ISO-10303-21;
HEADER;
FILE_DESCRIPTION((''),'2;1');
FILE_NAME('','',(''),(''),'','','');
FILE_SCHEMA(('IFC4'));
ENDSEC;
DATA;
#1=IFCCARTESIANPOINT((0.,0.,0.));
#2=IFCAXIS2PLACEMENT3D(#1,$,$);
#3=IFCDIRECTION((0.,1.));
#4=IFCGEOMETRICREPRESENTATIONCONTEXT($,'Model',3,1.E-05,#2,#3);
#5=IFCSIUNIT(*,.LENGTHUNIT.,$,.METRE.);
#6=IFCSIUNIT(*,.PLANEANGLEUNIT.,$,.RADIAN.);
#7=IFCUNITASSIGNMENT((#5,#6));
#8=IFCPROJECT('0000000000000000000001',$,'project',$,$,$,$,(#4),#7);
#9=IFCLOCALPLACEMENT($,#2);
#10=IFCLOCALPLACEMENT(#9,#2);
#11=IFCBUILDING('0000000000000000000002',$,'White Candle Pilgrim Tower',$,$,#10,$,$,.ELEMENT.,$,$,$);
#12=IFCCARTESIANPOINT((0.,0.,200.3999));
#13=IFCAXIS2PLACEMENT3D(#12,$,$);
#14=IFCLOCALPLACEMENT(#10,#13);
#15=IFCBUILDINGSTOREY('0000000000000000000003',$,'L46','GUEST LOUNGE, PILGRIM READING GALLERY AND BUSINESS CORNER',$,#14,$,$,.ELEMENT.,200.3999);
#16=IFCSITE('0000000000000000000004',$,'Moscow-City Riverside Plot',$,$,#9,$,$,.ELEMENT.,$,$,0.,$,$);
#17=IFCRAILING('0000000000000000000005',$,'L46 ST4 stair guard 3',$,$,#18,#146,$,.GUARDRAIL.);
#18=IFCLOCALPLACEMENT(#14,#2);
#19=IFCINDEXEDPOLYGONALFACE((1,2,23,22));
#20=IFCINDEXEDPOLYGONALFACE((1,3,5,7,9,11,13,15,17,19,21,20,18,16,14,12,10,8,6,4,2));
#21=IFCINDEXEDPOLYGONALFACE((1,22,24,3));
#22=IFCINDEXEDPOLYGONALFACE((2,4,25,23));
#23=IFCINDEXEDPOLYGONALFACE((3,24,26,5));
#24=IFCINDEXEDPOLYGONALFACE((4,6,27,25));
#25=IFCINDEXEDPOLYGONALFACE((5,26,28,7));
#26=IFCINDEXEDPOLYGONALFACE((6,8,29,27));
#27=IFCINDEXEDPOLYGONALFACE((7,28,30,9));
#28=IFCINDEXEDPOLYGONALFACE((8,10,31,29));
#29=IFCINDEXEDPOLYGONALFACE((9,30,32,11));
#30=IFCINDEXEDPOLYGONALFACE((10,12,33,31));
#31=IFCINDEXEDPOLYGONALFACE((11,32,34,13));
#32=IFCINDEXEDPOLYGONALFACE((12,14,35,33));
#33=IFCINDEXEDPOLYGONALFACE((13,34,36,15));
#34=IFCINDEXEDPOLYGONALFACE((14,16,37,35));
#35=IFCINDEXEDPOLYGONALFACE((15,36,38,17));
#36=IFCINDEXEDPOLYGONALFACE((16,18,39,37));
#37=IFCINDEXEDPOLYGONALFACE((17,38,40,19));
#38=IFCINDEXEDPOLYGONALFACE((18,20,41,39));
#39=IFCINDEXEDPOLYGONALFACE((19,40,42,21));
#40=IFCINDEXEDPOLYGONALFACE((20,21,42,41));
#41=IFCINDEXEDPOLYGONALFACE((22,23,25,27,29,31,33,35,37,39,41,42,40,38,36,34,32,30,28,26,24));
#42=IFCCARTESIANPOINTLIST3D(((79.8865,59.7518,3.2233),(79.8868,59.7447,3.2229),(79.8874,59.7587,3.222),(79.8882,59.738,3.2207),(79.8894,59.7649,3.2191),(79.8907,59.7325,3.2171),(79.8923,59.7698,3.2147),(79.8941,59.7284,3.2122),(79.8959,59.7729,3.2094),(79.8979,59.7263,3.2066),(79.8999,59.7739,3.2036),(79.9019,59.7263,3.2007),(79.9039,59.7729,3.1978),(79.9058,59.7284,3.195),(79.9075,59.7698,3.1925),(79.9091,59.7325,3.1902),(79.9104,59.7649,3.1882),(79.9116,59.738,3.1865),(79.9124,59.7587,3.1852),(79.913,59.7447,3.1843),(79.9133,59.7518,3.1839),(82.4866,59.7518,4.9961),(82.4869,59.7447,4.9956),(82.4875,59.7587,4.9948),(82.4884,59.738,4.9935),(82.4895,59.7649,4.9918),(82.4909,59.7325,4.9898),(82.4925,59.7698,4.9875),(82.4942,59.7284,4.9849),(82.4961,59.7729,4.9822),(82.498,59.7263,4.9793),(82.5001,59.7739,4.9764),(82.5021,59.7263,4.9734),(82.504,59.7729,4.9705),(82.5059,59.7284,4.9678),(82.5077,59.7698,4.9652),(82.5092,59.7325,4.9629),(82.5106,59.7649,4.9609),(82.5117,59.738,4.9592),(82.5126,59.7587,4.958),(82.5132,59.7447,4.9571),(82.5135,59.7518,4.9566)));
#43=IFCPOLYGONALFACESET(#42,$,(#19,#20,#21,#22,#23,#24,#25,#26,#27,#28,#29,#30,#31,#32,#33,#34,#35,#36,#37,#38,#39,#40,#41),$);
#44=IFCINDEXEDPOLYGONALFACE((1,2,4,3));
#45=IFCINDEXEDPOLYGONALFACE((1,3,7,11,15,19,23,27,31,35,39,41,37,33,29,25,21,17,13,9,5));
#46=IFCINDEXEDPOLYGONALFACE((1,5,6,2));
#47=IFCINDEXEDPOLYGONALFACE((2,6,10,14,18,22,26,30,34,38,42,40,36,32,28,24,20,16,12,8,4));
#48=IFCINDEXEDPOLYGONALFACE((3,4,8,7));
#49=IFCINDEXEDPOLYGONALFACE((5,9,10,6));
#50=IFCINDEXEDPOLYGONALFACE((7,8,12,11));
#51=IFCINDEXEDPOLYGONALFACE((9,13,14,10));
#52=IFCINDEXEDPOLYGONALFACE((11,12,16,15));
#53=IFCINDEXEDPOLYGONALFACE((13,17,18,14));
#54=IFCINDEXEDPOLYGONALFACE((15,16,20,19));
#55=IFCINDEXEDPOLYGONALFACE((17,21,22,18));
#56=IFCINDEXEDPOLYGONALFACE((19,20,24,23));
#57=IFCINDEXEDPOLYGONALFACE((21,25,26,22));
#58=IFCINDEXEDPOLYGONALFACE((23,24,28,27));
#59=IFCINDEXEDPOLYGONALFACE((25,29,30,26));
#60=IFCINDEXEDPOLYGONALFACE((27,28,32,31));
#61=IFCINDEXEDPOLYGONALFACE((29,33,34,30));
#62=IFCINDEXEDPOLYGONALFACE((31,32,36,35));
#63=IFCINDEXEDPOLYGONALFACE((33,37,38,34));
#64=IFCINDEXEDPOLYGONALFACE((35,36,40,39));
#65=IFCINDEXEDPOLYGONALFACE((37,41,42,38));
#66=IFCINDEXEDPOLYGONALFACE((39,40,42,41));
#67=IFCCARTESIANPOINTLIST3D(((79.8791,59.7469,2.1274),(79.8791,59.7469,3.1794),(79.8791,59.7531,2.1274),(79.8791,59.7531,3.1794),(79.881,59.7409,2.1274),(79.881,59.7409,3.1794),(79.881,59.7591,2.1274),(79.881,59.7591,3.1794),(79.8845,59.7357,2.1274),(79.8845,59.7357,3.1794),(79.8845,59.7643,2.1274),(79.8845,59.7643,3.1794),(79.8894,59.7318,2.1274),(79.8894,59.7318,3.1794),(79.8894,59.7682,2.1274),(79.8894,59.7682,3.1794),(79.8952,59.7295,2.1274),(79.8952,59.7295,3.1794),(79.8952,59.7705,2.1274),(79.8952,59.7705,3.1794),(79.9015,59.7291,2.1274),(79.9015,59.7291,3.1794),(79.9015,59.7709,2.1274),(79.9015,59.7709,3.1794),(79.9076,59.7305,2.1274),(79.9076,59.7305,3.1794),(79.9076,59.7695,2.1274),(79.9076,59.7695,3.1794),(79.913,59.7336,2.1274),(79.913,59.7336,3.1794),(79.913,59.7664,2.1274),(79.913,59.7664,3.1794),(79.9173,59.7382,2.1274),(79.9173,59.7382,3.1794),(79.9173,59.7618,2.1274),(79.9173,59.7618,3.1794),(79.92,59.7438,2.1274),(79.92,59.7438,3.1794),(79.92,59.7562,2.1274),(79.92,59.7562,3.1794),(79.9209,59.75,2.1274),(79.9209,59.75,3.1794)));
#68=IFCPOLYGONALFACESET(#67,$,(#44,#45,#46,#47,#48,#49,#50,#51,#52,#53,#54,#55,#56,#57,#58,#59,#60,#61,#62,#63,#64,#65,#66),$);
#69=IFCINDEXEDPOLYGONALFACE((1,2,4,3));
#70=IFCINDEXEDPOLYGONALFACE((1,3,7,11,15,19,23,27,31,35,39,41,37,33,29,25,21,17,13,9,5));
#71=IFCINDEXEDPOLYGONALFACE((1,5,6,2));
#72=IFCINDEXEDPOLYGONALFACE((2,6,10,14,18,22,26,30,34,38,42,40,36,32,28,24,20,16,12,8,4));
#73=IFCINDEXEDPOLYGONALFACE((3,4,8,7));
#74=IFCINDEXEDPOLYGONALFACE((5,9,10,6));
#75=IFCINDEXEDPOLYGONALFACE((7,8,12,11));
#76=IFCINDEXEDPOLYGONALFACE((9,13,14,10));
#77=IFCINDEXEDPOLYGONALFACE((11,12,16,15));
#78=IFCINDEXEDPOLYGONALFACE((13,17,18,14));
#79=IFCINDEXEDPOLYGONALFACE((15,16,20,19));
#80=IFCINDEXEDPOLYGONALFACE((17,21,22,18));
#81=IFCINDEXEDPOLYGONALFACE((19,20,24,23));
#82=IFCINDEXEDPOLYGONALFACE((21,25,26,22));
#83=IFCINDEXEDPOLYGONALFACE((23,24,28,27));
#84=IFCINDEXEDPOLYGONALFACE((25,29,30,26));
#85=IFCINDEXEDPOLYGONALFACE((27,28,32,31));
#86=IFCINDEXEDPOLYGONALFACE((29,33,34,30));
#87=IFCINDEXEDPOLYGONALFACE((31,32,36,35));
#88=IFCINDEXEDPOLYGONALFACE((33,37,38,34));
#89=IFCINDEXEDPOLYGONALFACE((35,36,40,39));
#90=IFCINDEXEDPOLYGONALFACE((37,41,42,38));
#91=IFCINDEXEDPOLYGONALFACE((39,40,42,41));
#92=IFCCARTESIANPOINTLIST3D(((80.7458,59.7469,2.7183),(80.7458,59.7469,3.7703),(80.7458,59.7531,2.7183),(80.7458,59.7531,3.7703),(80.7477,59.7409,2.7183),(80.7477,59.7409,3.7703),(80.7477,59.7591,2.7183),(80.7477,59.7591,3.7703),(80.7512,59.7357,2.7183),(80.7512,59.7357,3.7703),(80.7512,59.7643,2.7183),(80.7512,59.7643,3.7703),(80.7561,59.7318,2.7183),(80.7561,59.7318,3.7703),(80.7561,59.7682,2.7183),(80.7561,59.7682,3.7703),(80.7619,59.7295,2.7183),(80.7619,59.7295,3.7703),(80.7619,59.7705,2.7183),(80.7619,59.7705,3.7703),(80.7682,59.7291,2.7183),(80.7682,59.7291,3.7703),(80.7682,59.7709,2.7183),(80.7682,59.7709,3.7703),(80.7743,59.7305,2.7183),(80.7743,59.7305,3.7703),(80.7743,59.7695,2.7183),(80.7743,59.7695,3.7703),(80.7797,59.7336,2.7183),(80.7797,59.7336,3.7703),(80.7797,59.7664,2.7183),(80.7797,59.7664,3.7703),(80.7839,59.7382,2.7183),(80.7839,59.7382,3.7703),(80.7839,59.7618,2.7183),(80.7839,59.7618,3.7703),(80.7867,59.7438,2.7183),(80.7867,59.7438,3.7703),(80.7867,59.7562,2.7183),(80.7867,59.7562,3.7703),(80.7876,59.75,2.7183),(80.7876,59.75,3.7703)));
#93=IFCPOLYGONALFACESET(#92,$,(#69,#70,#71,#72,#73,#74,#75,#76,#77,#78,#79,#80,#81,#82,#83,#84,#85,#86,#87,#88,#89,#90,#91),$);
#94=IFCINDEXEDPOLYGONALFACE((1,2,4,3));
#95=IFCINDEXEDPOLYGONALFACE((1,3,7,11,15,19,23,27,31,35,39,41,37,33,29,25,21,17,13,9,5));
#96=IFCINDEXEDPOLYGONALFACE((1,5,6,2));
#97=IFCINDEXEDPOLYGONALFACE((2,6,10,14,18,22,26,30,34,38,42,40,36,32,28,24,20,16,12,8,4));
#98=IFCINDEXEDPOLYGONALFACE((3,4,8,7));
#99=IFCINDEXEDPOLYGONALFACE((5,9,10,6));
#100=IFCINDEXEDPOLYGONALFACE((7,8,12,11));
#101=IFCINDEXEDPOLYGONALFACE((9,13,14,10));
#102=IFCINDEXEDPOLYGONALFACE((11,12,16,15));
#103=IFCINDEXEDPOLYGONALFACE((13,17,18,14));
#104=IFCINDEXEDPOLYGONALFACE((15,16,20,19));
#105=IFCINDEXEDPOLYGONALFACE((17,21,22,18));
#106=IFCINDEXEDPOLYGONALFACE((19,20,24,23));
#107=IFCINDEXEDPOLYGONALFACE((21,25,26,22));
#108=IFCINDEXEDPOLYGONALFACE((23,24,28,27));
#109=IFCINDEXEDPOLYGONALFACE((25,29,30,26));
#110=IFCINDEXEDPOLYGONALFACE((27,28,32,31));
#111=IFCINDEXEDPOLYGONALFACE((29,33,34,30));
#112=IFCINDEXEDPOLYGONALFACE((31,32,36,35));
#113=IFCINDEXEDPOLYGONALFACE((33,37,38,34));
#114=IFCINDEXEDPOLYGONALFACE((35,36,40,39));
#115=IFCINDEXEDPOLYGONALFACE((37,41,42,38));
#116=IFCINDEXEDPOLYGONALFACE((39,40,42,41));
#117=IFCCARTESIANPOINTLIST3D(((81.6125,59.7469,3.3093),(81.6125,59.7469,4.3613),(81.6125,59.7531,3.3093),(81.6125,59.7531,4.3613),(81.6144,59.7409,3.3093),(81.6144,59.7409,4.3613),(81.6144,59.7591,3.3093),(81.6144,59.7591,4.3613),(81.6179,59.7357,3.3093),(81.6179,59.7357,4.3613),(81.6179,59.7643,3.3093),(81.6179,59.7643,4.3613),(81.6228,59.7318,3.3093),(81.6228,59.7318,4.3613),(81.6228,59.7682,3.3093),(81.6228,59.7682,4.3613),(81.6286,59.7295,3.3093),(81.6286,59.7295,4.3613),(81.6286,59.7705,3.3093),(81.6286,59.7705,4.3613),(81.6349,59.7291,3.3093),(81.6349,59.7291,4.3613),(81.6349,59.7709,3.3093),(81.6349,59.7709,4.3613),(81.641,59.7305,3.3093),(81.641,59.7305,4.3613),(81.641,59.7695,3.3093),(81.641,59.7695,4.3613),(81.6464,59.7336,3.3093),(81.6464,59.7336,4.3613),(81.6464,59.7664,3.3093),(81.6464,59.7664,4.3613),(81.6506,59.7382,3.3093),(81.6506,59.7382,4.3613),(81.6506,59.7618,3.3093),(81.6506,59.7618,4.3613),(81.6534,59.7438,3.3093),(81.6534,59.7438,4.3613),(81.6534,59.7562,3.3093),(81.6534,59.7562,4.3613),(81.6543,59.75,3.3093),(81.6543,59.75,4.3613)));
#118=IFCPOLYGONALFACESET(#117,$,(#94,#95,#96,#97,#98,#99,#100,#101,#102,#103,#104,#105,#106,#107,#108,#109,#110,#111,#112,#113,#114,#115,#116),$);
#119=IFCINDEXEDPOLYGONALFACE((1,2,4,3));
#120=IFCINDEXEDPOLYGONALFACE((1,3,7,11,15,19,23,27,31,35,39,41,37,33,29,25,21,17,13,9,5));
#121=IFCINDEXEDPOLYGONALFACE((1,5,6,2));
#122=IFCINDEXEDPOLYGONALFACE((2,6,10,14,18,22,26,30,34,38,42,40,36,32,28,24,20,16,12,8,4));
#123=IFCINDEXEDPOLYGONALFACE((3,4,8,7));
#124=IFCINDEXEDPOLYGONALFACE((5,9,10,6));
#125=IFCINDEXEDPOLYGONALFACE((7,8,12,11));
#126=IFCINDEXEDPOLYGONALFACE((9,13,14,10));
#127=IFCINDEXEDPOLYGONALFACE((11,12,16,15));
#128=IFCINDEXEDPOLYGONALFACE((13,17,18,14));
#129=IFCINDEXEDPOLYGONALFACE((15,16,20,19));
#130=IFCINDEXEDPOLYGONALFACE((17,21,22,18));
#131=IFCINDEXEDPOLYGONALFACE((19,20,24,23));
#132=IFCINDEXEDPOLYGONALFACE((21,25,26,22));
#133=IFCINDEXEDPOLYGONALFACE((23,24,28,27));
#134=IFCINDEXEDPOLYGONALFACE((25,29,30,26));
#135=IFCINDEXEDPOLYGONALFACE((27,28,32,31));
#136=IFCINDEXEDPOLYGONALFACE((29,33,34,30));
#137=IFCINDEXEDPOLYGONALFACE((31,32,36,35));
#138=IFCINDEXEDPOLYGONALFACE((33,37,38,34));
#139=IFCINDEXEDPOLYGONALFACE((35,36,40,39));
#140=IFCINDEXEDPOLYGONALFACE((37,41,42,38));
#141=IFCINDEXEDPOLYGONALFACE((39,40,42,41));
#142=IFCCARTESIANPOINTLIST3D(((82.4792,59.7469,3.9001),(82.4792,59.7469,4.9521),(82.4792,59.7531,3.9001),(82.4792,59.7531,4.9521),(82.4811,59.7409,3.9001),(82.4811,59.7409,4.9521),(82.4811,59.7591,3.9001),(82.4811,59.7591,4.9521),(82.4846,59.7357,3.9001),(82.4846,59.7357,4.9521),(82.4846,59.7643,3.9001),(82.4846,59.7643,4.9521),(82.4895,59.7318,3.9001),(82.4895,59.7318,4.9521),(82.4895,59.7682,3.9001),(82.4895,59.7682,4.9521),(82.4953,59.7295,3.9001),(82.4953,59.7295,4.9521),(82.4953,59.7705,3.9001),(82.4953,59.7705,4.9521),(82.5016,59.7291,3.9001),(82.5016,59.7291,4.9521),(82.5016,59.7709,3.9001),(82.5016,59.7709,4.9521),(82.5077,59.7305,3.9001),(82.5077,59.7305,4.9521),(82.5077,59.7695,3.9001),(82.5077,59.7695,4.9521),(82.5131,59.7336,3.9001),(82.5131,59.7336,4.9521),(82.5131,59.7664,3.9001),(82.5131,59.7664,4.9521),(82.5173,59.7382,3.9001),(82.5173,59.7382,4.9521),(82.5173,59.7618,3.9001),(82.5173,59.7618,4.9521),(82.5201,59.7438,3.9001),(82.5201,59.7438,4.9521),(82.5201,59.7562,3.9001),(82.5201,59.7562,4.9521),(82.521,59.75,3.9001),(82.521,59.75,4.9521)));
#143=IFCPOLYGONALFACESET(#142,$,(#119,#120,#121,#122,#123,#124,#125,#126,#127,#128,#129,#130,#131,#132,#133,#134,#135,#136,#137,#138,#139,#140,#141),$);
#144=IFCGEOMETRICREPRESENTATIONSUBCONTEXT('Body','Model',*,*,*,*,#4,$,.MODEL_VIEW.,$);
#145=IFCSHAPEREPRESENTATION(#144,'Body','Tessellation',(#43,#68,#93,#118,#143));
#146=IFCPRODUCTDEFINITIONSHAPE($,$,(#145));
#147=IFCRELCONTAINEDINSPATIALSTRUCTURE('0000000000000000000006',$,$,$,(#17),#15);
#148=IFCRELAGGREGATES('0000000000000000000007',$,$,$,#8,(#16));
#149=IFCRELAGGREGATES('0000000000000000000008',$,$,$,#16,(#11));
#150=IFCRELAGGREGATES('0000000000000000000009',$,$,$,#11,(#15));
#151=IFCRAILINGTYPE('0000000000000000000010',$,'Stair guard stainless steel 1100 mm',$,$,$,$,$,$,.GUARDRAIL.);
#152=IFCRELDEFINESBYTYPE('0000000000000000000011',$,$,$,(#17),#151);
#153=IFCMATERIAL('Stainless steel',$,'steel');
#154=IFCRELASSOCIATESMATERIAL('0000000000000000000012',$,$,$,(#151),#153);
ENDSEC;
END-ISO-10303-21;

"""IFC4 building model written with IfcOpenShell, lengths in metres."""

from ifc_helpers import new_model, si_unit, direction, frame, origin, origin_2d, place, context, subcontext, project, spatial, circle, extrude, material, type_object, element, save


model = new_model("IFC4")

# Units and contexts
model_context = context("Model", 3, precision=1e-05, world=origin(), true_north=direction((0.0, 1.0)))
body_context = subcontext(model_context, "Body", "Model", "MODEL_VIEW")
ifc_project = project(units=[si_unit("LENGTHUNIT", "METRE"), si_unit("PLANEANGLEUNIT", "RADIAN")], contexts=[model_context])

# Site, building, storey
site_placement = place(None, origin())
site = spatial("IfcSite", under=ifc_project, at=site_placement, Name="Moscow-City Riverside Plot", CompositionType="ELEMENT", RefElevation=0.0)
building_placement = place(site_placement, origin())
building = spatial("IfcBuilding", under=site, at=building_placement, Name="White Candle Pilgrim Tower", CompositionType="ELEMENT")
storey_placement = place(building_placement, frame((0.0, 0.0, 200.3999)))
storey = spatial("IfcBuildingStorey", under=building, at=storey_placement, Name="L46", Description="GUEST LOUNGE, PILGRIM READING GALLERY AND BUSINESS CORNER", CompositionType="ELEMENT", Elevation=200.3999)

# Railing
ifc_material_1 = material(Name="Stainless steel", Category="steel")
railing_type_1 = type_object("IfcRailingType", Name="Stair guard stainless steel 1100 mm", PredefinedType="GUARDRAIL", material=ifc_material_1)
railing_1_placement = place(storey_placement, frame((79.8999, 59.75, 2.1274)))
element("IfcRailing", 1, at=railing_1_placement, inside=storey, type_object=railing_type_1, Name="L46 ST4 stair guard 3", PredefinedType="GUARDRAIL", context=body_context, shape_type="SweptSolid", body=[
    extrude(circle(Radius=0.0239, at=origin_2d()), frame((0.0, 0.0, 1.0762), z_axis=(0.82624, 0.0, 0.563318), x_axis=(0.0, 1.0, 0.0)), (0.0, 0.0, 1.0), 3.147),
    extrude(circle(Radius=0.021, at=origin_2d()), origin(), (0.0, 0.0, 1.0), 1.052),
    extrude(circle(Radius=0.021, at=origin_2d()), frame((0.8667, 0.0, 0.5908)), (0.0, 0.0, 1.0), 1.052),
    extrude(circle(Radius=0.021, at=origin_2d()), frame((1.7334, 0.0, 1.1819)), (0.0, 0.0, 1.0), 1.052),
    extrude(circle(Radius=0.021, at=origin_2d()), frame((2.6001, 0.0, 1.7727)), (0.0, 0.0, 1.0), 1.052),
])

save(model, "model.ifc")
